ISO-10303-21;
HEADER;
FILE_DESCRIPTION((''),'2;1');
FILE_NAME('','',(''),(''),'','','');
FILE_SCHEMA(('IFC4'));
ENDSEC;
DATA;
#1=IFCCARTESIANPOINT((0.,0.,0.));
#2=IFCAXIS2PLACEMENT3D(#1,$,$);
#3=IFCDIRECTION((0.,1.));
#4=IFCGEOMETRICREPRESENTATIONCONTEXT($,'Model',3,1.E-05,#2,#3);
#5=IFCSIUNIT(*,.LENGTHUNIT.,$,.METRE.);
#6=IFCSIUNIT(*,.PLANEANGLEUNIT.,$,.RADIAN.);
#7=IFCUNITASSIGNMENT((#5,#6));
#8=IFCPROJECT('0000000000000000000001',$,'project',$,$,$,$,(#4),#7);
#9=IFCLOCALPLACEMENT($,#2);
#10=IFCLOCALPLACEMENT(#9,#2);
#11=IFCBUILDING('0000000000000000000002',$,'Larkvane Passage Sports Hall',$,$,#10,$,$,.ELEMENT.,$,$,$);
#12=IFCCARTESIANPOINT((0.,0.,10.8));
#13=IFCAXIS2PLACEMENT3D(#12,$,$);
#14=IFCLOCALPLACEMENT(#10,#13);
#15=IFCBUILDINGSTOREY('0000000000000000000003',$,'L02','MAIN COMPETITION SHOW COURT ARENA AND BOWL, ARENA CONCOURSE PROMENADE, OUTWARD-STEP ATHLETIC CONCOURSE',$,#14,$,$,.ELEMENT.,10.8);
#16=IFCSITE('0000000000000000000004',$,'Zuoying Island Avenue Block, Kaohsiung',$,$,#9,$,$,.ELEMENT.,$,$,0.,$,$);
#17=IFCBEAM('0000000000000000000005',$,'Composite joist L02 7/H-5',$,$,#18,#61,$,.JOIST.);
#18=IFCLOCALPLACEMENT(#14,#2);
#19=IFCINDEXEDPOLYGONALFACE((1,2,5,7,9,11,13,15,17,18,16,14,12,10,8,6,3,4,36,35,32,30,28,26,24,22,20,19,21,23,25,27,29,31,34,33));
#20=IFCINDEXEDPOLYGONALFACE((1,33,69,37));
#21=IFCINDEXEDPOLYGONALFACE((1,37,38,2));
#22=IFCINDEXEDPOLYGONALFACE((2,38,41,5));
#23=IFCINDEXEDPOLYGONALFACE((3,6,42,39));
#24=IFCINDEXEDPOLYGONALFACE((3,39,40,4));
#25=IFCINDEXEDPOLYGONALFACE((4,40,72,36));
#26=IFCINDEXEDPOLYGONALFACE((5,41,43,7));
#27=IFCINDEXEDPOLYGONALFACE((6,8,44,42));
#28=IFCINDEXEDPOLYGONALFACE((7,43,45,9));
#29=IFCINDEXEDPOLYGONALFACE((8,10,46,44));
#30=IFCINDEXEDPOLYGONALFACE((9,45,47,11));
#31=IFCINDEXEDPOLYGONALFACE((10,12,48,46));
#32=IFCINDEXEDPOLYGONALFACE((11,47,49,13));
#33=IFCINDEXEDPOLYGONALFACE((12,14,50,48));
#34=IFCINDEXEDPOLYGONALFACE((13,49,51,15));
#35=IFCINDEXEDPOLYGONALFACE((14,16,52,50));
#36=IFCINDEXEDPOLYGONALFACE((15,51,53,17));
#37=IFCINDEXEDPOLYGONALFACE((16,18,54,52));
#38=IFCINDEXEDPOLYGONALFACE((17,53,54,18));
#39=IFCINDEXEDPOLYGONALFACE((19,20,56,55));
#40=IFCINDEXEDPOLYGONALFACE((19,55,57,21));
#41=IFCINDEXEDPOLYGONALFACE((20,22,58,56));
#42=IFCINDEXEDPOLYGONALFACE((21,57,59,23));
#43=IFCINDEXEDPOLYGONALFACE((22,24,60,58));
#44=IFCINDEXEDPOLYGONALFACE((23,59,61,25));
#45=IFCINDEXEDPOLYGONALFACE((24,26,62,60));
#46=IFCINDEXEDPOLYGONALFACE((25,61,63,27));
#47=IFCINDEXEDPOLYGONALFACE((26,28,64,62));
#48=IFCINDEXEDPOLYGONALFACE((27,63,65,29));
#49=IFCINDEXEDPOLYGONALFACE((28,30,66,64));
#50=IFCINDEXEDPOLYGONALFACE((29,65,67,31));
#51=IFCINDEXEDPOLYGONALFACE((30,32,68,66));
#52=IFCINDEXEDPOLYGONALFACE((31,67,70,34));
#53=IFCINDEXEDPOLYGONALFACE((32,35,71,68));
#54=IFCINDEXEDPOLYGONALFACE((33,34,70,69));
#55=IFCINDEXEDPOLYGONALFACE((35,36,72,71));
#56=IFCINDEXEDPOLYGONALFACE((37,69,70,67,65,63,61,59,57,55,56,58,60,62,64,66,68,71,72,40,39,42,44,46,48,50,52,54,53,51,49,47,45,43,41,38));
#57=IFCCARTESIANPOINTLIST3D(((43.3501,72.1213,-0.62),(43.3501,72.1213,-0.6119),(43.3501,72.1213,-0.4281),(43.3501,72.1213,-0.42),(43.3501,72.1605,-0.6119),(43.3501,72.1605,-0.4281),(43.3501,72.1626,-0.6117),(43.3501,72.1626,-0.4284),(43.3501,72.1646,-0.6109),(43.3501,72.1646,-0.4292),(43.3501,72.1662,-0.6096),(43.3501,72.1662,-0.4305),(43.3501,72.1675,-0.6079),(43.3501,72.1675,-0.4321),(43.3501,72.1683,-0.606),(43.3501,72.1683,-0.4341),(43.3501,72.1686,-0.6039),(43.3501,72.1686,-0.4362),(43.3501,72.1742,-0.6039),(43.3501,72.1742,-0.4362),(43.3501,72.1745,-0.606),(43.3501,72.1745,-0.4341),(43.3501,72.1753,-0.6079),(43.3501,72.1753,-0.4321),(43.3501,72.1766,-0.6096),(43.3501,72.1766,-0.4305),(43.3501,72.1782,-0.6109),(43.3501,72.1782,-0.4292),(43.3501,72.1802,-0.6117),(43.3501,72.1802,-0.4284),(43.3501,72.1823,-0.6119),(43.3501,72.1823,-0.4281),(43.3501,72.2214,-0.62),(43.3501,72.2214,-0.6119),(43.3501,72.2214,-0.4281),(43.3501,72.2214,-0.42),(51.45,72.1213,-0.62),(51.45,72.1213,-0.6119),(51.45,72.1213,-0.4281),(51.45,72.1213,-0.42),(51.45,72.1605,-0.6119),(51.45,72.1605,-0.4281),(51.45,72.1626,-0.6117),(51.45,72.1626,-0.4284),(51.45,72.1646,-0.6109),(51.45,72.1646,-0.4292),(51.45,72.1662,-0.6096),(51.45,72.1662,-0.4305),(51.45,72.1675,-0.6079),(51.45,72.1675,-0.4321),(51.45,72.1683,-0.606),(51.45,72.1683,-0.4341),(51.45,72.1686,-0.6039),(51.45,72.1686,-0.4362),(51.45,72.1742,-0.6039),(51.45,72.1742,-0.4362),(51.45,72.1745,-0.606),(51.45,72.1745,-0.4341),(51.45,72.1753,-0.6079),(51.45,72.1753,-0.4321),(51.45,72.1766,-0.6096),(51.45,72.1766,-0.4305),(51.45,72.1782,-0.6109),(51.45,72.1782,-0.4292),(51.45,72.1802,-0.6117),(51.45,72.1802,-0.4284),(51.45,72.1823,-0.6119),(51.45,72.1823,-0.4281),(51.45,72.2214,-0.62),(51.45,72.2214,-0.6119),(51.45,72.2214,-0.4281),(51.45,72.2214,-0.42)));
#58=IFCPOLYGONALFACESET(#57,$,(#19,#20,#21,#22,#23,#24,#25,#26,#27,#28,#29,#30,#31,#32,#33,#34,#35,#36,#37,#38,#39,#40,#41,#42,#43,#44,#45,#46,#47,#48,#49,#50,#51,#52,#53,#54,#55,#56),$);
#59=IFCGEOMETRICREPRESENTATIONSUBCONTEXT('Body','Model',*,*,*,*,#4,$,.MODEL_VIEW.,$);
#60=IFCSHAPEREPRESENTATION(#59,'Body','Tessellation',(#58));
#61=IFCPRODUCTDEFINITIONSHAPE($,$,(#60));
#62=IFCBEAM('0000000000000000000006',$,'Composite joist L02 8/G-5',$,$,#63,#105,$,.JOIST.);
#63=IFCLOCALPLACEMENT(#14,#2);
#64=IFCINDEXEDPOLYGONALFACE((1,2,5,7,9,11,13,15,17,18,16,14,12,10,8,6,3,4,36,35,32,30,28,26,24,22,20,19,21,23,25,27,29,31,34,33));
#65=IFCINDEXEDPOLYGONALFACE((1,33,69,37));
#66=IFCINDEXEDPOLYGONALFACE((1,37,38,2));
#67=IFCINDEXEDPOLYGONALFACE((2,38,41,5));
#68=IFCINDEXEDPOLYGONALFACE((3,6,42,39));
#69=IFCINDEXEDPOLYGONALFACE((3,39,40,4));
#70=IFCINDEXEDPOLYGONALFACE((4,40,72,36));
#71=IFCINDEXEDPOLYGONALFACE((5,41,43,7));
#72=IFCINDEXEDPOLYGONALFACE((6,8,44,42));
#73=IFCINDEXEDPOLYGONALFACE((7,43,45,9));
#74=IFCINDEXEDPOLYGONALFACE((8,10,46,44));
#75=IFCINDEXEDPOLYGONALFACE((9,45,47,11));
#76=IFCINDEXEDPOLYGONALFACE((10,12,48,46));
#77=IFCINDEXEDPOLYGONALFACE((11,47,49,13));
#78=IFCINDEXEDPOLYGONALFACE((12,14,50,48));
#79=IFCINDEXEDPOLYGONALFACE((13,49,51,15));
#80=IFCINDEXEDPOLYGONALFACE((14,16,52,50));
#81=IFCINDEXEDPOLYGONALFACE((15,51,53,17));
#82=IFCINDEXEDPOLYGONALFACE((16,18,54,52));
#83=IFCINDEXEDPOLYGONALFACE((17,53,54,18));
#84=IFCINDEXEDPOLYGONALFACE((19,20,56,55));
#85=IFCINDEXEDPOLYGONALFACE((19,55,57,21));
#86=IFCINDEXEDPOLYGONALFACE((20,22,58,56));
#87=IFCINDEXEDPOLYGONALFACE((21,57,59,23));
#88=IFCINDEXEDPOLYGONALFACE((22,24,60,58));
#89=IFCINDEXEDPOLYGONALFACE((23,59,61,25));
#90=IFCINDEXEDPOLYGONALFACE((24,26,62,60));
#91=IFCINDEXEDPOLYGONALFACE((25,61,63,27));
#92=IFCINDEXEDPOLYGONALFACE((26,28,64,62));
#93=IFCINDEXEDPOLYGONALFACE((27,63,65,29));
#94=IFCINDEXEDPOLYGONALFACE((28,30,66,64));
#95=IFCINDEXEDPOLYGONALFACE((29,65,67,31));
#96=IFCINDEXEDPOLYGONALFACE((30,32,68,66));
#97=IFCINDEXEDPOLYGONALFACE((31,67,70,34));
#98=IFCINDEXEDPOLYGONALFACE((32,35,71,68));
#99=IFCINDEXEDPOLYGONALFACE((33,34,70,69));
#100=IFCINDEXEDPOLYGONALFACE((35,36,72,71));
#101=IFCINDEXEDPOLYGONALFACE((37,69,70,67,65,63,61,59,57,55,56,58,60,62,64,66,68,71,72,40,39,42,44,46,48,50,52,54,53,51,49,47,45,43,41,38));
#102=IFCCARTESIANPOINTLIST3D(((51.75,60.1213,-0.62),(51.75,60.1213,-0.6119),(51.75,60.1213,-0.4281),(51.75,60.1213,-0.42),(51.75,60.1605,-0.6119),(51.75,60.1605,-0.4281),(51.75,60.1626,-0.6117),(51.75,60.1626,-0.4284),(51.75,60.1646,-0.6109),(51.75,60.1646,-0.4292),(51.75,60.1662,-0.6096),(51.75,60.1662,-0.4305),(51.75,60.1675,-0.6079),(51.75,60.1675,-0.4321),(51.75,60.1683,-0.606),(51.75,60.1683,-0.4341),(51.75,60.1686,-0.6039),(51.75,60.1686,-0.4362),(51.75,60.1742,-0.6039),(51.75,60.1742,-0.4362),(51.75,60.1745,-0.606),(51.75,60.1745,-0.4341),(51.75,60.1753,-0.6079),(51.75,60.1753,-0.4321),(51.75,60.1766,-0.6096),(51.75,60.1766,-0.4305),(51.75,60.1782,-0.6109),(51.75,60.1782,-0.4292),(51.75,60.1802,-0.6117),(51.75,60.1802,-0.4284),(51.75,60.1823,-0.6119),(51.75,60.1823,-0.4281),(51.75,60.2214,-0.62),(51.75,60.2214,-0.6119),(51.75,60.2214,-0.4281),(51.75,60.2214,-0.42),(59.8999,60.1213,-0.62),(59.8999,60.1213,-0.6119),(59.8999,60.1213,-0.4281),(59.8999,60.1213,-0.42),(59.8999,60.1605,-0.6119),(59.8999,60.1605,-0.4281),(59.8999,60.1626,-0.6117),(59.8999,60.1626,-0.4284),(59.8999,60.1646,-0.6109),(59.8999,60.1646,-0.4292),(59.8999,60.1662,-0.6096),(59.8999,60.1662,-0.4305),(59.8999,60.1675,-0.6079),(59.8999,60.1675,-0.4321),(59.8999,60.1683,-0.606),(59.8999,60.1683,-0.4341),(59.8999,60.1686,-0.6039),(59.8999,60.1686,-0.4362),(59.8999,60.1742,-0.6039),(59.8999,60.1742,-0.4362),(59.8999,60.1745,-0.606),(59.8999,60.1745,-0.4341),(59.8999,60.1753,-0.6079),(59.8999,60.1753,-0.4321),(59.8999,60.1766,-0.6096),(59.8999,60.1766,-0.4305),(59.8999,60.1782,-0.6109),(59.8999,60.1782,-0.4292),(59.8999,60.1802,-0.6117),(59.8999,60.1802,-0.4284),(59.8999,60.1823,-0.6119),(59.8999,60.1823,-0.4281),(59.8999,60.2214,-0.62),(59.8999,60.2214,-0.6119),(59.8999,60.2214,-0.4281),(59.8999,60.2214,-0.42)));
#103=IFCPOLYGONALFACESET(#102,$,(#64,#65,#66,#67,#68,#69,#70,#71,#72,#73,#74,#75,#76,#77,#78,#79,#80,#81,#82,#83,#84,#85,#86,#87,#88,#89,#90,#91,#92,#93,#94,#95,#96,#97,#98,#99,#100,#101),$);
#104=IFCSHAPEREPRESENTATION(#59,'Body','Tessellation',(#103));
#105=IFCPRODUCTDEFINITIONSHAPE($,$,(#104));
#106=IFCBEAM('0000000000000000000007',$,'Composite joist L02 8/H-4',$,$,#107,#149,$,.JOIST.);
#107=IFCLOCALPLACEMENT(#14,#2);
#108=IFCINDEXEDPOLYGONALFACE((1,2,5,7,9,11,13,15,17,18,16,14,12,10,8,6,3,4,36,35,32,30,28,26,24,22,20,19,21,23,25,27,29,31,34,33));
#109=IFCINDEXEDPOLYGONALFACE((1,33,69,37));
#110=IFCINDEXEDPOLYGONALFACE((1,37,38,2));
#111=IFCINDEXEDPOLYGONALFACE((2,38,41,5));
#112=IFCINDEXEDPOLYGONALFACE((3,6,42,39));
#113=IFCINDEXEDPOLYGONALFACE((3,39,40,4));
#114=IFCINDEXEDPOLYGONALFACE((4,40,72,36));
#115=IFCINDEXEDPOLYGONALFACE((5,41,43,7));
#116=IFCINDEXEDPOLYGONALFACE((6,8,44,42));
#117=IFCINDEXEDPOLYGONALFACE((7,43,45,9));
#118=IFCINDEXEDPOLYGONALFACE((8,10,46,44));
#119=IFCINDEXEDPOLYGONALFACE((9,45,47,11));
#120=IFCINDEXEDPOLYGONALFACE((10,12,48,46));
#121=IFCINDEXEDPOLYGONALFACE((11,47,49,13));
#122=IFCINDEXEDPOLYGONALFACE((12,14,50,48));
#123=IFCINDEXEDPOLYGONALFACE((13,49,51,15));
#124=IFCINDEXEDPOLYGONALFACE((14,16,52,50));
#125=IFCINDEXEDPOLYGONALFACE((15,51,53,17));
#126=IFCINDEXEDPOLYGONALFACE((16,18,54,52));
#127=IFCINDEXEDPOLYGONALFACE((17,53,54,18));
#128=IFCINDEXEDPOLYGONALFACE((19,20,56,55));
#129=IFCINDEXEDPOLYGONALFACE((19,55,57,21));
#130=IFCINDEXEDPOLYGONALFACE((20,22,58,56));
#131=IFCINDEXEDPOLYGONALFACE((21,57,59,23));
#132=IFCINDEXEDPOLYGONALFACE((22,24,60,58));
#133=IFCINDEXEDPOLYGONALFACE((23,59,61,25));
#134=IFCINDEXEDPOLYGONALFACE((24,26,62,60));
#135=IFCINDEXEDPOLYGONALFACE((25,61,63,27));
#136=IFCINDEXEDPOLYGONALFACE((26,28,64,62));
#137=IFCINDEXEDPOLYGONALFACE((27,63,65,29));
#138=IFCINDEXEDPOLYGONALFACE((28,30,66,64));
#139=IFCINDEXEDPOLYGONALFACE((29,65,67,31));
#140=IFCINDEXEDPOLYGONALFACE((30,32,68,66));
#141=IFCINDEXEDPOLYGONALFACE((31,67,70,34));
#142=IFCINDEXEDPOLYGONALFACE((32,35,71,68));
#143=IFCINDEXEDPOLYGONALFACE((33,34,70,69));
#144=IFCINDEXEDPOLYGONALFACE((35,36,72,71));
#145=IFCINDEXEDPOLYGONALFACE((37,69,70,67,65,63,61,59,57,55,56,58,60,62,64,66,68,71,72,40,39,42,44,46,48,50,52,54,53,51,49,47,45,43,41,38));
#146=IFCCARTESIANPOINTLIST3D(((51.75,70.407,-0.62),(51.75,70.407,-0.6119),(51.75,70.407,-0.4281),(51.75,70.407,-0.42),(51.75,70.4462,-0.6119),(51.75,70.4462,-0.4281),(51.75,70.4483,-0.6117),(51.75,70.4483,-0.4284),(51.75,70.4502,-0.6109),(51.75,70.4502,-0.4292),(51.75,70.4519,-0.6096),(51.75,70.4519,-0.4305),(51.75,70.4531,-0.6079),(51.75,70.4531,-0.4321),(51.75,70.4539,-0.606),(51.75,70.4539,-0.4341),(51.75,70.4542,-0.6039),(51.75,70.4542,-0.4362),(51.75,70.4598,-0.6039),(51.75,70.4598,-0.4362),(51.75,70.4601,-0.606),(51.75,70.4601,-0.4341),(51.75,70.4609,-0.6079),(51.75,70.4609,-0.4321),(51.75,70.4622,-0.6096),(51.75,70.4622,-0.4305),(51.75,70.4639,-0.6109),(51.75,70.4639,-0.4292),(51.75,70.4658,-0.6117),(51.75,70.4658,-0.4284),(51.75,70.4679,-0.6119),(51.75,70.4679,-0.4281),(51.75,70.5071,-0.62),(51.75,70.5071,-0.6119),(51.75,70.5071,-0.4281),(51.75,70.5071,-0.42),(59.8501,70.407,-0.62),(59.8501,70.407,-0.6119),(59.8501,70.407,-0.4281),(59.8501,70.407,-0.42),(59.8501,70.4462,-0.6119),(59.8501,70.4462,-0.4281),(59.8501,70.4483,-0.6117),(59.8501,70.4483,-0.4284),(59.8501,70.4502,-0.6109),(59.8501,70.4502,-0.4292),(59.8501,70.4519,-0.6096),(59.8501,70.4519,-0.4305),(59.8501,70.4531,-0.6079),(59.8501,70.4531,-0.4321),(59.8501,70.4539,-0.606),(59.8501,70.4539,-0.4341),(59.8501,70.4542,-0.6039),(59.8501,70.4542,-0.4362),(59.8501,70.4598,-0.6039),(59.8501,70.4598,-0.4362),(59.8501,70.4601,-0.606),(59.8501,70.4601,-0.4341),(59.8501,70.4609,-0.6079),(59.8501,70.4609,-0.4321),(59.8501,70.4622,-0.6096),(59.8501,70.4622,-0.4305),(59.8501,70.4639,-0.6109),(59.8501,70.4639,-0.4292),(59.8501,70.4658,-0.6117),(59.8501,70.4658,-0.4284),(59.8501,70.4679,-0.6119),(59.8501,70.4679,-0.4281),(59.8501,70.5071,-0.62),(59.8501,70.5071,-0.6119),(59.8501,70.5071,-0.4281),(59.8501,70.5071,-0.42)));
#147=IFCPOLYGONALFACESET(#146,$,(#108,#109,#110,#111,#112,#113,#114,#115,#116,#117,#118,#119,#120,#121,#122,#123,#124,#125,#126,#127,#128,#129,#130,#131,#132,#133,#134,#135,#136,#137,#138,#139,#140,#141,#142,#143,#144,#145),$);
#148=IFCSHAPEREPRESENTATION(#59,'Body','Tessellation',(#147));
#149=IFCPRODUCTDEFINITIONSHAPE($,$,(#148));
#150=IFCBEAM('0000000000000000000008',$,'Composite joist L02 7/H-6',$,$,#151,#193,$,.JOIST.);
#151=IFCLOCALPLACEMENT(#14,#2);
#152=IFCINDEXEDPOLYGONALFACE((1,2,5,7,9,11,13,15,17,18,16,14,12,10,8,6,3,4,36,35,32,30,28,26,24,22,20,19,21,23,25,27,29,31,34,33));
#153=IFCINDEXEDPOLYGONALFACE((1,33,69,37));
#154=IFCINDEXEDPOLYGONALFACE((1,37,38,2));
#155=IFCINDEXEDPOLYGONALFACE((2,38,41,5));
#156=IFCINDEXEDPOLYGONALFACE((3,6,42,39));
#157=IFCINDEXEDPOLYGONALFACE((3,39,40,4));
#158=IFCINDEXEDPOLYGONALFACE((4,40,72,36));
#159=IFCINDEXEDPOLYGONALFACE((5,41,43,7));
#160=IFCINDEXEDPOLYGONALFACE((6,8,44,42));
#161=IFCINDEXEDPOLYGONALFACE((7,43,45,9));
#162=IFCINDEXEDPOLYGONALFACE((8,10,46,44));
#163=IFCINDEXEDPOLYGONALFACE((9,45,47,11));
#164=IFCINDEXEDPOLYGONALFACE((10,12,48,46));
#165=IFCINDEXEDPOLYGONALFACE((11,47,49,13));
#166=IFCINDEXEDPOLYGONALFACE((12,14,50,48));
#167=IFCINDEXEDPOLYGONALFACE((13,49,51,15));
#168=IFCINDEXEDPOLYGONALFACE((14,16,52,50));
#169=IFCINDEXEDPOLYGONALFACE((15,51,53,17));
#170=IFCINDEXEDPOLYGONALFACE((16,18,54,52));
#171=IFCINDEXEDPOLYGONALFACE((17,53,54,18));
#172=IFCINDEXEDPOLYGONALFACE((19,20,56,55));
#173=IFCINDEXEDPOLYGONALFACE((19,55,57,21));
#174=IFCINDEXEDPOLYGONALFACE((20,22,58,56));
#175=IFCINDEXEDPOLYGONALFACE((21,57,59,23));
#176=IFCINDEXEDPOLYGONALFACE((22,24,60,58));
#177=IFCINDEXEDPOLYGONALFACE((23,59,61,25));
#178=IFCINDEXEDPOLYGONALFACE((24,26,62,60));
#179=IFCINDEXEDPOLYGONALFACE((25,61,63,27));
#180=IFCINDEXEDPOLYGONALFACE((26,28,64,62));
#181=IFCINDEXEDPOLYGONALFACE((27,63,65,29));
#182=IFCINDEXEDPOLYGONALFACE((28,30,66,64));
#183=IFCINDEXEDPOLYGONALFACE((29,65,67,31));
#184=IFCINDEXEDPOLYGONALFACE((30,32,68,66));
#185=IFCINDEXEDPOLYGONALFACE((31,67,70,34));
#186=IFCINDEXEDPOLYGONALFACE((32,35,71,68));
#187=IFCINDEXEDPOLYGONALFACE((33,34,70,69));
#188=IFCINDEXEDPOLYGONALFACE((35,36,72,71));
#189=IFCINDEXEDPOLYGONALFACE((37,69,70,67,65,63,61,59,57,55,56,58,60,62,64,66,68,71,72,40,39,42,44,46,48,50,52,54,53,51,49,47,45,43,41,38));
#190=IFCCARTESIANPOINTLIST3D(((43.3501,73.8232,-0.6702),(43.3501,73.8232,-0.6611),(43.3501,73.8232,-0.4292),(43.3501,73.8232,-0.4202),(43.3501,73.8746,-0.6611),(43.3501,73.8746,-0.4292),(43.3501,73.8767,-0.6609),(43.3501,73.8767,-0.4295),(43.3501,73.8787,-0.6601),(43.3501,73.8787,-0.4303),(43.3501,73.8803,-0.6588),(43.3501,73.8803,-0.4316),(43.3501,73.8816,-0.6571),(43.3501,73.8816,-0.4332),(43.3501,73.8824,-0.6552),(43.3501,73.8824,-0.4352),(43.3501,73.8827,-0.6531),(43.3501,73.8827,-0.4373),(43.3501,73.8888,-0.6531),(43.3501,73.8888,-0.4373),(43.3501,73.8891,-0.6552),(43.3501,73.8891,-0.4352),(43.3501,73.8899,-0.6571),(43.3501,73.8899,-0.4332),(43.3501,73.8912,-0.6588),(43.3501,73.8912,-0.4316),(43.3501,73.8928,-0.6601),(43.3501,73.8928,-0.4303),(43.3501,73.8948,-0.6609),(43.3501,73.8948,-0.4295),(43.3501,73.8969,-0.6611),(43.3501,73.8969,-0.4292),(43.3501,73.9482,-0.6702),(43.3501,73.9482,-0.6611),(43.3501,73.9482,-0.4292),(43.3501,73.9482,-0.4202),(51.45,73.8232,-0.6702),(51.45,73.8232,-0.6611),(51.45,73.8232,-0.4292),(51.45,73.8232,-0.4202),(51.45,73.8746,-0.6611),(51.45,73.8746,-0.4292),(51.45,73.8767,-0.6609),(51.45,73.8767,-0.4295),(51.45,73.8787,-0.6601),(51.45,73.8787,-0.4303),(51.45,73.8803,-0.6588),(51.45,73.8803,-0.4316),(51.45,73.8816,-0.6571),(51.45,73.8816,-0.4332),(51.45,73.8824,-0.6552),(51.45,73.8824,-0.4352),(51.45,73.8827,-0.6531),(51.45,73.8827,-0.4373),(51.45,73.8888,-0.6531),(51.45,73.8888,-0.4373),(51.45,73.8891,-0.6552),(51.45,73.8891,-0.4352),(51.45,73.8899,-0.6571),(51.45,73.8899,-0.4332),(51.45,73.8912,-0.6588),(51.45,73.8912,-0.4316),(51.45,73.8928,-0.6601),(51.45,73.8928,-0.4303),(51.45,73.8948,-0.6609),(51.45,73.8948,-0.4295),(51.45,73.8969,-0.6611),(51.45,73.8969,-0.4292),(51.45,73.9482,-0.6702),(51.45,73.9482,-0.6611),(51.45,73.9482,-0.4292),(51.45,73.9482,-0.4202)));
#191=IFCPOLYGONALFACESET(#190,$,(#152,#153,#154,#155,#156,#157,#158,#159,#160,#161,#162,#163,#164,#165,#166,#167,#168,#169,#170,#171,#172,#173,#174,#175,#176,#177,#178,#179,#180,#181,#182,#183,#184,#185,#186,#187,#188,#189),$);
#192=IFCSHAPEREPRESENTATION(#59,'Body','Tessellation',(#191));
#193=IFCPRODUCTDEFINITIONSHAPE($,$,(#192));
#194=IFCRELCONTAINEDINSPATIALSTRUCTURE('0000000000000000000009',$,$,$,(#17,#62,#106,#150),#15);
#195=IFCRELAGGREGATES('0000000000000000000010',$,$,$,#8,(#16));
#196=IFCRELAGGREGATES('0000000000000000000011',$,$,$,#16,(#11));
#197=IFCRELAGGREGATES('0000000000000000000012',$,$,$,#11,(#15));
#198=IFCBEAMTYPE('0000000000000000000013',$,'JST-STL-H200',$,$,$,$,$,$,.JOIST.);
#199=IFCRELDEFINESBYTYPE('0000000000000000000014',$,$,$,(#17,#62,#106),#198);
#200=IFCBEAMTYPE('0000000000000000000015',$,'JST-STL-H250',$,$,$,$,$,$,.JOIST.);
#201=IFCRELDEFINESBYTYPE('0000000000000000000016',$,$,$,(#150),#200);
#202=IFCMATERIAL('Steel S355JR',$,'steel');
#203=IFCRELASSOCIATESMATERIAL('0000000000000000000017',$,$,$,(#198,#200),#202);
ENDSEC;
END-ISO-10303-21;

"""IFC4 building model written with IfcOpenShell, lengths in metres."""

from ifc_helpers import new_model, si_unit, direction, frame, origin, origin_2d, place, context, subcontext, project, spatial, i_section, extrude, material, material_profile, profile_set, type_object, element, save


model = new_model("IFC4")

# Units and contexts
model_context = context("Model", 3, precision=1e-05, world=origin(), true_north=direction((0.0, 1.0)))
body_context = subcontext(model_context, "Body", "Model", "MODEL_VIEW")
ifc_project = project(units=[si_unit("LENGTHUNIT", "METRE"), si_unit("PLANEANGLEUNIT", "RADIAN")], contexts=[model_context])

# Site, building, storey
site_placement = place(None, origin())
site = spatial("IfcSite", under=ifc_project, at=site_placement, Name="Zuoying Island Avenue Block, Kaohsiung", CompositionType="ELEMENT", RefElevation=0.0)
building_placement = place(site_placement, origin())
building = spatial("IfcBuilding", under=site, at=building_placement, Name="Larkvane Passage Sports Hall", CompositionType="ELEMENT")
storey_placement = place(building_placement, frame((0.0, 0.0, 10.8)))
storey = spatial("IfcBuildingStorey", under=building, at=storey_placement, Name="L02", Description="MAIN COMPETITION SHOW COURT ARENA AND BOWL, ARENA CONCOURSE PROMENADE, OUTWARD-STEP ATHLETIC CONCOURSE", CompositionType="ELEMENT", Elevation=10.8)

# Beams
ifc_material_1 = material(Name="Steel S355JR", Category="steel")
ifc_material_profile_1 = material_profile(ifc_material_1, i_section(OverallWidth=0.1001, OverallDepth=0.2, WebThickness=0.0056, FlangeThickness=0.0081, FilletRadius=0.0081, at=origin_2d()), Name="H-200x100x5.5x8")
ifc_profile_set_1 = profile_set([ifc_material_profile_1], Name="Steel S355JR")
beam_type_1 = type_object("IfcBeamType", Name="JST-STL-H200", PredefinedType="JOIST", material=ifc_profile_set_1)
beam_1_placement = place(storey_placement, frame((43.3501, 72.1714, -0.52), z_axis=(1.0, 0.0, 0.0), x_axis=(0.0, 1.0, 0.0)))
element("IfcBeam", 1, at=beam_1_placement, inside=storey, type_object=beam_type_1, Name="Composite joist L02 7/H-5", PredefinedType="JOIST", context=body_context, shape_type="SweptSolid", body=[
    extrude(i_section(OverallWidth=0.1001, OverallDepth=0.2, WebThickness=0.0056, FlangeThickness=0.0081, FilletRadius=0.0081, at=origin_2d()), origin(), (0.0, 0.0, 1.0), 8.0999),
])
beam_2_placement = place(storey_placement, frame((51.75, 60.1714, -0.52), z_axis=(1.0, 0.0, 0.0), x_axis=(0.0, 1.0, 0.0)))
element("IfcBeam", 2, at=beam_2_placement, inside=storey, type_object=beam_type_1, Name="Composite joist L02 8/G-5", PredefinedType="JOIST", context=body_context, shape_type="SweptSolid", body=[
    extrude(i_section(OverallWidth=0.1001, OverallDepth=0.2, WebThickness=0.0056, FlangeThickness=0.0081, FilletRadius=0.0081, at=origin_2d()), origin(), (0.0, 0.0, 1.0), 8.1499),
])
beam_3_placement = place(storey_placement, frame((51.75, 70.457, -0.52), z_axis=(1.0, 0.0, 0.0), x_axis=(0.0, 1.0, 0.0)))
element("IfcBeam", 3, at=beam_3_placement, inside=storey, type_object=beam_type_1, Name="Composite joist L02 8/H-4", PredefinedType="JOIST", context=body_context, shape_type="SweptSolid", body=[
    extrude(i_section(OverallWidth=0.1001, OverallDepth=0.2, WebThickness=0.0056, FlangeThickness=0.0081, FilletRadius=0.0081, at=origin_2d()), origin(), (0.0, 0.0, 1.0), 8.1001),
])
ifc_material_profile_2 = material_profile(ifc_material_1, i_section(OverallWidth=0.125, OverallDepth=0.25, WebThickness=0.0061, FlangeThickness=0.009, FilletRadius=0.0081, at=origin_2d()), Name="H-250x125x6x9")
ifc_profile_set_2 = profile_set([ifc_material_profile_2], Name="Steel S355JR")
beam_type_2 = type_object("IfcBeamType", Name="JST-STL-H250", PredefinedType="JOIST", material=ifc_profile_set_2)
beam_4_placement = place(storey_placement, frame((43.3501, 73.8857, -0.5452), z_axis=(1.0, 0.0, 0.0), x_axis=(0.0, 1.0, 0.0)))
element("IfcBeam", 4, at=beam_4_placement, inside=storey, type_object=beam_type_2, Name="Composite joist L02 7/H-6", PredefinedType="JOIST", context=body_context, shape_type="SweptSolid", body=[
    extrude(i_section(OverallWidth=0.125, OverallDepth=0.25, WebThickness=0.0061, FlangeThickness=0.009, FilletRadius=0.0081, at=origin_2d()), origin(), (0.0, 0.0, 1.0), 8.0999),
])

save(model, "model.ifc")
